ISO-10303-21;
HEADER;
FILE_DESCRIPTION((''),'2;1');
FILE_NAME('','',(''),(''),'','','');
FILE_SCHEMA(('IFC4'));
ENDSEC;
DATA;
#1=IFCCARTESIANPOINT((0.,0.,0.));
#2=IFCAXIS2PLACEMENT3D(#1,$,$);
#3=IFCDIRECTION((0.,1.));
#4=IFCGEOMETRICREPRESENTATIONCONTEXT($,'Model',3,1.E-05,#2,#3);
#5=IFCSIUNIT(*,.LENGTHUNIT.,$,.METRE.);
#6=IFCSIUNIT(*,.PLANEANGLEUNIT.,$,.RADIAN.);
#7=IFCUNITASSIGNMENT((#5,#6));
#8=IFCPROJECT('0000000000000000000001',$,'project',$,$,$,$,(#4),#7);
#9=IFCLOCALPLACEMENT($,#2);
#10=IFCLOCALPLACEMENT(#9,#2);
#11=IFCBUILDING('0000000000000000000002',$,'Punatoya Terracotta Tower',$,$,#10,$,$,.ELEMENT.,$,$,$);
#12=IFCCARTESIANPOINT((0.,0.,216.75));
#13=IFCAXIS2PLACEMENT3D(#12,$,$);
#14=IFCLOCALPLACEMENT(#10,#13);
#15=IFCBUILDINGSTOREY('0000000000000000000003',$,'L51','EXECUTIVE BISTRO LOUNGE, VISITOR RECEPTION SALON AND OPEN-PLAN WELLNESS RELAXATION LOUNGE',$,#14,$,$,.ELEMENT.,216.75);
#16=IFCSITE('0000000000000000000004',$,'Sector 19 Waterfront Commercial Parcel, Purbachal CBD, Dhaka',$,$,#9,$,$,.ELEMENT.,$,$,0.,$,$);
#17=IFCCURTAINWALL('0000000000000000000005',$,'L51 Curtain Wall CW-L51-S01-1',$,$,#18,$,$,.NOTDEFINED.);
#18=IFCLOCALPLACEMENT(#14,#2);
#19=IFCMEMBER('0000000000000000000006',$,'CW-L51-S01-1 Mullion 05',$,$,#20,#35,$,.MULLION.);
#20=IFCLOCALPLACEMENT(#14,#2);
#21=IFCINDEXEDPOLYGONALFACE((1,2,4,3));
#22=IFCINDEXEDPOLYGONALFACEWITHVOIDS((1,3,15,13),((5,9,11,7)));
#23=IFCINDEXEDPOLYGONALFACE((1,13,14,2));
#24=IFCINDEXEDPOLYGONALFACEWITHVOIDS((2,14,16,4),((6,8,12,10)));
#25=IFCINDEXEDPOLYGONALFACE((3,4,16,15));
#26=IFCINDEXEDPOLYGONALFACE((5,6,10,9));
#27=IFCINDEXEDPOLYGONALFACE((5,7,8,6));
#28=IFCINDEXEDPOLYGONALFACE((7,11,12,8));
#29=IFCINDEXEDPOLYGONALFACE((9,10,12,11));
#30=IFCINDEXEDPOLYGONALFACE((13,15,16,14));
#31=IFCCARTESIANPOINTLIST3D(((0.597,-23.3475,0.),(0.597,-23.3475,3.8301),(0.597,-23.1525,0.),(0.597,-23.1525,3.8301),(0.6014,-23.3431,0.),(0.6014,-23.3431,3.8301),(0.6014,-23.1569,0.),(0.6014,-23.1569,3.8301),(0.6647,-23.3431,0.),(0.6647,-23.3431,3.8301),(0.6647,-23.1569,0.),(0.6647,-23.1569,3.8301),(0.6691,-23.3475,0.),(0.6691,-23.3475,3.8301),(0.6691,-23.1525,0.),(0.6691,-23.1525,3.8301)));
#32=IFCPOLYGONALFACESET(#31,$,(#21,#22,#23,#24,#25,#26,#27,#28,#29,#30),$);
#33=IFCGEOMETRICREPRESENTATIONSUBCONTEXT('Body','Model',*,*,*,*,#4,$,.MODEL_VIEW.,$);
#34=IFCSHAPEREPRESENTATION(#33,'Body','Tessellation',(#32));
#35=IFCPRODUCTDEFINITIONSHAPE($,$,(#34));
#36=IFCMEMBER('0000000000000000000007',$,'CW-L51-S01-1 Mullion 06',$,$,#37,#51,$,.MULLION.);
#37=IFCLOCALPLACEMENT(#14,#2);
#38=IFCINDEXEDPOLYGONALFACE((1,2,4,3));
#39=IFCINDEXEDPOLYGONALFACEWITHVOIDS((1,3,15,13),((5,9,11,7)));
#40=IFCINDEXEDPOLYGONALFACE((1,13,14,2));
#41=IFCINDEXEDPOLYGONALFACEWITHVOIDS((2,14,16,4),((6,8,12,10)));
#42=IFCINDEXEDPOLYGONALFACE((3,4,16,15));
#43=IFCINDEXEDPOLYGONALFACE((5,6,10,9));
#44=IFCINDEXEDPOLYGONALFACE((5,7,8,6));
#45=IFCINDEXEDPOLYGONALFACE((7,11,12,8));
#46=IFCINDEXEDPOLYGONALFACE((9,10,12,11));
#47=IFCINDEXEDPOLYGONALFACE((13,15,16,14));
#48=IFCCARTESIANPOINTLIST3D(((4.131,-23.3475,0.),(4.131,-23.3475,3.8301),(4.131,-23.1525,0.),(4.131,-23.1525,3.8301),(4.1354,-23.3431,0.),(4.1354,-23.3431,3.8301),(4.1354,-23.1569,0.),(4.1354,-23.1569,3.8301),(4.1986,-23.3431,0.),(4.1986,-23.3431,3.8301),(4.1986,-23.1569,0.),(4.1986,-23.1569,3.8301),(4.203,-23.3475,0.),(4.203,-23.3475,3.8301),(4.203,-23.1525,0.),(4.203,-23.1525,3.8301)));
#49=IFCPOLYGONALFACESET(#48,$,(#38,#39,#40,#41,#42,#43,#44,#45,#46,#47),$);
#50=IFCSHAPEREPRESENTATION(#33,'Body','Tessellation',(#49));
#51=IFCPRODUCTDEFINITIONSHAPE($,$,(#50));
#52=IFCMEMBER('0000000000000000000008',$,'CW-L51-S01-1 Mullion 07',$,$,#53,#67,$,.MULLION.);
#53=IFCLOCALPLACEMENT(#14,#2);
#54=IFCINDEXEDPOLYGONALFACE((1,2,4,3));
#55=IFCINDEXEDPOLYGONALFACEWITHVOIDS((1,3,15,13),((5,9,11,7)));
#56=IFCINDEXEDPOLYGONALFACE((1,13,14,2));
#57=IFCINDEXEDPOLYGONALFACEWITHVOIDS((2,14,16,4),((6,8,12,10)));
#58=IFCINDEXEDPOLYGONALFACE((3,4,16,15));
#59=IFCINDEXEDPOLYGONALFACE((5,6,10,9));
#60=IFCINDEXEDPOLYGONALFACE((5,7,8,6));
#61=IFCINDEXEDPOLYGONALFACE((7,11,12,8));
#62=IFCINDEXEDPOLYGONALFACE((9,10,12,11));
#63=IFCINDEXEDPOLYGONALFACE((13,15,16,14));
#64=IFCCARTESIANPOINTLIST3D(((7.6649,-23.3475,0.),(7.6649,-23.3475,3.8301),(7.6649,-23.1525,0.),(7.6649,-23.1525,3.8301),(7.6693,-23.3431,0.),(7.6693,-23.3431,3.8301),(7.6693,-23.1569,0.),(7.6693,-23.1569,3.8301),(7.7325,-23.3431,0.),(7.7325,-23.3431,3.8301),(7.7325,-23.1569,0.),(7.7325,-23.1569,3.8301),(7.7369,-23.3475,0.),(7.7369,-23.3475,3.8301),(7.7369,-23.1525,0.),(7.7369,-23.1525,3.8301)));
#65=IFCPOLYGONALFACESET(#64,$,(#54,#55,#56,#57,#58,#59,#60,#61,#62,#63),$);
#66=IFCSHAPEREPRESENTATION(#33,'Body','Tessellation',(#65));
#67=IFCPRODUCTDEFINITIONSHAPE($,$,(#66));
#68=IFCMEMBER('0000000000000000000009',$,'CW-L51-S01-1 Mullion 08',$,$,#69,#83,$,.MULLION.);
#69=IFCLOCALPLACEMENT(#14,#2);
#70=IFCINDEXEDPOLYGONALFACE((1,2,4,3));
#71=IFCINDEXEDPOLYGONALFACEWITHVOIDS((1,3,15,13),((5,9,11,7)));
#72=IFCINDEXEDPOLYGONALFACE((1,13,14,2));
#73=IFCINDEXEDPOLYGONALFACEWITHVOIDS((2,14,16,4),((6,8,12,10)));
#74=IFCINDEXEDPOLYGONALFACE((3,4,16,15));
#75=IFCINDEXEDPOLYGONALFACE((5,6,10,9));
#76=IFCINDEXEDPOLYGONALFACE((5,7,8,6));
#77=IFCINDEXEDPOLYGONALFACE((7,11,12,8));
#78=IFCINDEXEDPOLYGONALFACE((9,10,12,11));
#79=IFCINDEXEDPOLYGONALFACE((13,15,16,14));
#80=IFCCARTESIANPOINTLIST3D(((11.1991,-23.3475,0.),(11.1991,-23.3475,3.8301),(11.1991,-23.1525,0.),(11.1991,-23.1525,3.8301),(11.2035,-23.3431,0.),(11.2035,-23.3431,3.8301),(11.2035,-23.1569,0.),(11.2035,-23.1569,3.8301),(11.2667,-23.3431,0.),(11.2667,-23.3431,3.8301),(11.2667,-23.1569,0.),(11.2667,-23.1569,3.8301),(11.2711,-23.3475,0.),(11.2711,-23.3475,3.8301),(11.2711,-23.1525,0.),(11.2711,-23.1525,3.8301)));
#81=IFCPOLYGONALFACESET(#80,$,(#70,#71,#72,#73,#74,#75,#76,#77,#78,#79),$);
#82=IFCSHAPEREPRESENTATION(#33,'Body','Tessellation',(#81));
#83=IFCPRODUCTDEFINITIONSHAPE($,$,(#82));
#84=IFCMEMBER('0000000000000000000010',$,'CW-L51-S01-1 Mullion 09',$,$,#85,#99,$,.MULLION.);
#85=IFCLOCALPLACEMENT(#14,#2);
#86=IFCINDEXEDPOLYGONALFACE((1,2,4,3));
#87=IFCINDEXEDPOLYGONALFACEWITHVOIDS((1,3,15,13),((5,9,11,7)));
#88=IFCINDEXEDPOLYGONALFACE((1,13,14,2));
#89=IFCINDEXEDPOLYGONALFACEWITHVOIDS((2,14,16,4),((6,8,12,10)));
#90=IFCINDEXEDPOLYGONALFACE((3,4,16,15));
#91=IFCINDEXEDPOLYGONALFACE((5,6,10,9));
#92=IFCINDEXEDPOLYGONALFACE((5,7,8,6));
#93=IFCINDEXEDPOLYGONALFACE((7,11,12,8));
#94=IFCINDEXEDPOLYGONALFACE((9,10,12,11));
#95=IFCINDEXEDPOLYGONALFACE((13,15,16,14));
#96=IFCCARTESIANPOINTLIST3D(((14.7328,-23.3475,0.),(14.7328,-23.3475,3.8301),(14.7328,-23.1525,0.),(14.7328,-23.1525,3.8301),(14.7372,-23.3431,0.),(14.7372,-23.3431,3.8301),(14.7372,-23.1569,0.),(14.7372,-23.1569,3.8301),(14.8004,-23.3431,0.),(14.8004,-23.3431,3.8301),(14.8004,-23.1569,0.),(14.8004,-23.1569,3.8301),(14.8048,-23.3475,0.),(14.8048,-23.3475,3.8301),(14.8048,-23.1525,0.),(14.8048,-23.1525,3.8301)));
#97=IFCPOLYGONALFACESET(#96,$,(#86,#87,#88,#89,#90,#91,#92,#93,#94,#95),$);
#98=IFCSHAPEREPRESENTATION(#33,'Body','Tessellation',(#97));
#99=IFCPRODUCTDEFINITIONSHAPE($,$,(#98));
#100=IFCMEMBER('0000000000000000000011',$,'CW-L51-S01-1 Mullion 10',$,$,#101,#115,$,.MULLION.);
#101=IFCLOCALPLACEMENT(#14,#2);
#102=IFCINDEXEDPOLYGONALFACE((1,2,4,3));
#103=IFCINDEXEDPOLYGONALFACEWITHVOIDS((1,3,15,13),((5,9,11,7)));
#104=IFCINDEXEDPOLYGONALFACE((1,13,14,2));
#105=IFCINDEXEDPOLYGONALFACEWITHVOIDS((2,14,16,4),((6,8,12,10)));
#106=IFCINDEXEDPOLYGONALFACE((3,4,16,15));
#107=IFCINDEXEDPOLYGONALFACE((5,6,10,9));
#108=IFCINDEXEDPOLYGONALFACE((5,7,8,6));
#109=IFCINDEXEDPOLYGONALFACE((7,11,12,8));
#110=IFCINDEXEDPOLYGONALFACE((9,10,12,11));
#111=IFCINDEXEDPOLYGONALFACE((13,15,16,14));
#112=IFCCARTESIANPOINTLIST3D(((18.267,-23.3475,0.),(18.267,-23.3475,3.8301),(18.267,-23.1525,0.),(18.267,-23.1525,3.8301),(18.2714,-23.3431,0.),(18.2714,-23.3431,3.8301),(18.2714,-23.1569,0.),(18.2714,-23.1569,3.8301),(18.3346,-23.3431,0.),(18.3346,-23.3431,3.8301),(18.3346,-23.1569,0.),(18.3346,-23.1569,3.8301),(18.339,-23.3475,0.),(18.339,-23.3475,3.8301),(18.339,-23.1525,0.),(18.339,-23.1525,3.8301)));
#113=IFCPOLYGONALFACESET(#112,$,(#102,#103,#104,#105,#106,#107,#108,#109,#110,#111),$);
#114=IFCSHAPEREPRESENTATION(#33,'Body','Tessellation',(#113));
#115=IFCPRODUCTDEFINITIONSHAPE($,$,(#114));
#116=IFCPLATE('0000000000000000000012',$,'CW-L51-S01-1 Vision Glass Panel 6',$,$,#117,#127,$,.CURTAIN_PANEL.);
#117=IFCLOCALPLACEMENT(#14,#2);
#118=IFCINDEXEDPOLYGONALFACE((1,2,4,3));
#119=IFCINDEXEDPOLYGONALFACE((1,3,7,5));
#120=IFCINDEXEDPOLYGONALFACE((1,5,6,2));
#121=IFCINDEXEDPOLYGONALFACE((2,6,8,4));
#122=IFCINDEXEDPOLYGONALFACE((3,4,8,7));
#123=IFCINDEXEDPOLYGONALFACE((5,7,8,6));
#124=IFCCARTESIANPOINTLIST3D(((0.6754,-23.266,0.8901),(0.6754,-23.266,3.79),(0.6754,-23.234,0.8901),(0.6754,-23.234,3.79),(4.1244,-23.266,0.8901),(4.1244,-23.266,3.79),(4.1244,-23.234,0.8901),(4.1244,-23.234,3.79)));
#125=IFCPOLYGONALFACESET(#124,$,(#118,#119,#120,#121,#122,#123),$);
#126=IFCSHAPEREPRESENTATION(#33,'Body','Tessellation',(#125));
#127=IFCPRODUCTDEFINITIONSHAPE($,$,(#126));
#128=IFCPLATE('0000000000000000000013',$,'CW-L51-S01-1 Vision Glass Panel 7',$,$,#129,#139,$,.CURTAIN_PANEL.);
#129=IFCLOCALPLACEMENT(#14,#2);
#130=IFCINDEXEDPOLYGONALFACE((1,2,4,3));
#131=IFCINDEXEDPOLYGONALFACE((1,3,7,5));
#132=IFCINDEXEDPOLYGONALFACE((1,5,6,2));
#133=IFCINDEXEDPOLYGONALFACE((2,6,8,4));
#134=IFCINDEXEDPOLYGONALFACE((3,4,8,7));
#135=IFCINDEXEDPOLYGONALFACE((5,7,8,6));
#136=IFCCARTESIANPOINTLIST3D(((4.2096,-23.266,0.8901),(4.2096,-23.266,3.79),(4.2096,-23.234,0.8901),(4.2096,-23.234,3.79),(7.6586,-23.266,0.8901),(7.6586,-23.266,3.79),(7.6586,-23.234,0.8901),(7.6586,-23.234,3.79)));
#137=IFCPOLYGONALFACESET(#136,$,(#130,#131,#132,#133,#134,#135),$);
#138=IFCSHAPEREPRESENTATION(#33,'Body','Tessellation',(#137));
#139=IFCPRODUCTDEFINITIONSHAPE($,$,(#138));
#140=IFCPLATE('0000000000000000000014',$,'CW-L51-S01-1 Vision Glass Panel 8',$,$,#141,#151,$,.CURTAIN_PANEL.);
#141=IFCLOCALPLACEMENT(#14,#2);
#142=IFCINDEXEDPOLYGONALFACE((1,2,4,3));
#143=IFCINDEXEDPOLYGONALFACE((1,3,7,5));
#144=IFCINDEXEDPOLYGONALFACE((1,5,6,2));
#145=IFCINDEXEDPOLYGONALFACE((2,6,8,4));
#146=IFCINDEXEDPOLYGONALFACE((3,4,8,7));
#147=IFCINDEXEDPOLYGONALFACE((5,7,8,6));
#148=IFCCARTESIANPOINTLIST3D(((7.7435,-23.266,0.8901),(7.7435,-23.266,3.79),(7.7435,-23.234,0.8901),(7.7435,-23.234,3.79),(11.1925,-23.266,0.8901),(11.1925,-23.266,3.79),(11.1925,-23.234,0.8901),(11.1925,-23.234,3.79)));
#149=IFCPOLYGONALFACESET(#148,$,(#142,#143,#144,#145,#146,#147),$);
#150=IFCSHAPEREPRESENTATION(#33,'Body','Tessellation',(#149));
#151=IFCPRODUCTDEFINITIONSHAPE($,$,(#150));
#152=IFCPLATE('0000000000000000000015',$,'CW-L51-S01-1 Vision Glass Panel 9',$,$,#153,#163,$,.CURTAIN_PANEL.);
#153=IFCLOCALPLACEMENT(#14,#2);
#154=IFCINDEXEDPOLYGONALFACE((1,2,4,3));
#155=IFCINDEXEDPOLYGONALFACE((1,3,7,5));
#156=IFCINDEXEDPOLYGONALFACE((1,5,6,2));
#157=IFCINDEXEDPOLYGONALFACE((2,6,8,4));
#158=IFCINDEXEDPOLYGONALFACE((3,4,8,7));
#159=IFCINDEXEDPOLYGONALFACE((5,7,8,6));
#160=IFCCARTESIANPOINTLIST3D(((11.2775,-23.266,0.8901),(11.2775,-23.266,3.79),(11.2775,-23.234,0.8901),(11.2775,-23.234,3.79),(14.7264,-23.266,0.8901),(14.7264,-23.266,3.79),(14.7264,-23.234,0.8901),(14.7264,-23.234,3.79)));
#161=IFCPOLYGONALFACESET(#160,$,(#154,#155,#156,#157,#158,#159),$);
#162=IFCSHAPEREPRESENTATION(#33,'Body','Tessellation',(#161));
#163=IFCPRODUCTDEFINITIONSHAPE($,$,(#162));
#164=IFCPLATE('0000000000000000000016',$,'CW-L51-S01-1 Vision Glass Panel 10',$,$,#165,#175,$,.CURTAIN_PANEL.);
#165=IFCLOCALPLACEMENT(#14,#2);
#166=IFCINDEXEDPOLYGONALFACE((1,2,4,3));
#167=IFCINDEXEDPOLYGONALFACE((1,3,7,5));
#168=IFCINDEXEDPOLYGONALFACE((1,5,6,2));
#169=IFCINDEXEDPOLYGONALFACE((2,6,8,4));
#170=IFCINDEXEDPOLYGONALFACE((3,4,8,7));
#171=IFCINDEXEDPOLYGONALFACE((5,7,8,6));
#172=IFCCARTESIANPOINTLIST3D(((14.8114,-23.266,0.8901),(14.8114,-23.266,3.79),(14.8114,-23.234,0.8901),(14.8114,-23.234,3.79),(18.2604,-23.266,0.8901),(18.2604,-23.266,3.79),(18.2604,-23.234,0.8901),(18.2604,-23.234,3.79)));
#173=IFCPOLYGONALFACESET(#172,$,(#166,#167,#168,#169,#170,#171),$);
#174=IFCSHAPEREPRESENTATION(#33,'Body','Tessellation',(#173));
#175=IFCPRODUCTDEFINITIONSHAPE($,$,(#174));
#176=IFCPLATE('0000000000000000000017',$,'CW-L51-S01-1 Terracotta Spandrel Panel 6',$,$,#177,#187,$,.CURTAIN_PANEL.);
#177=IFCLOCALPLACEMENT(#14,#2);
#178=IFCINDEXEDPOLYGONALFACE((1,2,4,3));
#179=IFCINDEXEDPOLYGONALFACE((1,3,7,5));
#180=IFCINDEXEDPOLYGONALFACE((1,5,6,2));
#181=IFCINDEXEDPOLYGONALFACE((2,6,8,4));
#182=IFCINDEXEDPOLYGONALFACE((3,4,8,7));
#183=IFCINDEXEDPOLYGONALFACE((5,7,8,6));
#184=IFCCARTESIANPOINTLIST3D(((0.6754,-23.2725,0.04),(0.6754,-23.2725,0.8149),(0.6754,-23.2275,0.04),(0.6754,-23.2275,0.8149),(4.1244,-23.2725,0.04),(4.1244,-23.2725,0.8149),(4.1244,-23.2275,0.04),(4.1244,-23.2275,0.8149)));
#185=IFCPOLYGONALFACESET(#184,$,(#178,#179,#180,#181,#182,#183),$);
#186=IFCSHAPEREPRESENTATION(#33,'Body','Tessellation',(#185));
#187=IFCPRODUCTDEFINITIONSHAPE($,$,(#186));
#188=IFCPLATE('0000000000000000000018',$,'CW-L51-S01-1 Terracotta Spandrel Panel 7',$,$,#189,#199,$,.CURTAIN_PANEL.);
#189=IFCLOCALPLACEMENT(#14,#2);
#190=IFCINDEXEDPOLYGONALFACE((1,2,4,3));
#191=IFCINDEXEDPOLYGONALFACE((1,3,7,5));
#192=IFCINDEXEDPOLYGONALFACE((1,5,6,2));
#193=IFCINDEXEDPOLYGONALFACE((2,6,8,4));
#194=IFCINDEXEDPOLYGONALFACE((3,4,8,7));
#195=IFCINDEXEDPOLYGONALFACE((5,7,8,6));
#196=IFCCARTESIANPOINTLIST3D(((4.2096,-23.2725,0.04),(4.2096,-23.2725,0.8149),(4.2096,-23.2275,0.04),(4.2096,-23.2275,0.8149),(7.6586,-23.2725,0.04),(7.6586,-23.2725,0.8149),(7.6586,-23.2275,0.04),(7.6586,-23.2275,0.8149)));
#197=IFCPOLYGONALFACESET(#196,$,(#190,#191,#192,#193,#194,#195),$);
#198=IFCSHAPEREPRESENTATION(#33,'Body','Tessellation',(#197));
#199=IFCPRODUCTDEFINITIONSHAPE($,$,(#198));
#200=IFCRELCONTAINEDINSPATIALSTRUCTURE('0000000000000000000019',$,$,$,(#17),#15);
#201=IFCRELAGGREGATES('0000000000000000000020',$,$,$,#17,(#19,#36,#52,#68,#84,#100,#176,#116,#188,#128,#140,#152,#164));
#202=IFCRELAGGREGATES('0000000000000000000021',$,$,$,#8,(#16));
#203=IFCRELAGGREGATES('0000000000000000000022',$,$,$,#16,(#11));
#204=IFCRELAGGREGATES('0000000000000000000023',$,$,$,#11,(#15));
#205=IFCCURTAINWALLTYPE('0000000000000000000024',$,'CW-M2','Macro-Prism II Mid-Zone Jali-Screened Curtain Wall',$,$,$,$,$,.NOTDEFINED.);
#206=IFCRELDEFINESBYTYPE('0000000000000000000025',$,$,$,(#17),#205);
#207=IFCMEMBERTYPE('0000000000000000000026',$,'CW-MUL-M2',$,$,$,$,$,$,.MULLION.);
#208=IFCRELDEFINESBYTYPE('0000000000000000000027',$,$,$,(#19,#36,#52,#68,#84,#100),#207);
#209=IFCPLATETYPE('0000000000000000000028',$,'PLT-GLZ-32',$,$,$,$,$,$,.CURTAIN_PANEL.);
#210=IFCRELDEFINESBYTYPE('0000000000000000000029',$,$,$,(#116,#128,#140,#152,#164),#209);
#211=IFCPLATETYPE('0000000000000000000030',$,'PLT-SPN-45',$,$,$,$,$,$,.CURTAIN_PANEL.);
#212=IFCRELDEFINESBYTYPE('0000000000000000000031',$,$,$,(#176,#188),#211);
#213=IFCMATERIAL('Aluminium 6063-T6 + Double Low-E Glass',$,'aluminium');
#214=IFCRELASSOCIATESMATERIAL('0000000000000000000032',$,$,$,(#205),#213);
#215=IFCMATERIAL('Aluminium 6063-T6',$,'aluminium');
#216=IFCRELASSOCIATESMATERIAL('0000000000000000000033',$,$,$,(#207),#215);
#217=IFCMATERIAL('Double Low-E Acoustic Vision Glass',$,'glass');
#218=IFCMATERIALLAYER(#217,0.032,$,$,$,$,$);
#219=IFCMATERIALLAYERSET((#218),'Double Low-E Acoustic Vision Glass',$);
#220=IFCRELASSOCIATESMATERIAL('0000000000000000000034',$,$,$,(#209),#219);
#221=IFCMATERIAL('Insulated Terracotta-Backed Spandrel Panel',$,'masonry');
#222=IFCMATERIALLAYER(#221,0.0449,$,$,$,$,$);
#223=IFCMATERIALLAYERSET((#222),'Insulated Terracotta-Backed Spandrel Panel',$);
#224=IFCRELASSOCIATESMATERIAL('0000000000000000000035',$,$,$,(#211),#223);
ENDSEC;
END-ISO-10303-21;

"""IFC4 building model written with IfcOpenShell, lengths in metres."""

from ifc_helpers import new_model, si_unit, direction, frame, origin, origin_2d, place, context, subcontext, project, spatial, rectangle, hollow_rectangle, extrude, material, layer, layer_set, material_profile, profile_set, type_object, element, aggregate, save


model = new_model("IFC4")

# Units and contexts
model_context = context("Model", 3, precision=1e-05, world=origin(), true_north=direction((0.0, 1.0)))
body_context = subcontext(model_context, "Body", "Model", "MODEL_VIEW")
ifc_project = project(units=[si_unit("LENGTHUNIT", "METRE"), si_unit("PLANEANGLEUNIT", "RADIAN")], contexts=[model_context])

# Site, building, storey
site_placement = place(None, origin())
site = spatial("IfcSite", under=ifc_project, at=site_placement, Name="Sector 19 Waterfront Commercial Parcel, Purbachal CBD, Dhaka", CompositionType="ELEMENT", RefElevation=0.0)
building_placement = place(site_placement, origin())
building = spatial("IfcBuilding", under=site, at=building_placement, Name="Punatoya Terracotta Tower", CompositionType="ELEMENT")
storey_placement = place(building_placement, frame((0.0, 0.0, 216.75)))
storey = spatial("IfcBuildingStorey", under=building, at=storey_placement, Name="L51", Description="EXECUTIVE BISTRO LOUNGE, VISITOR RECEPTION SALON AND OPEN-PLAN WELLNESS RELAXATION LOUNGE", CompositionType="ELEMENT", Elevation=216.75)

# Curtain wall, members, plates
ifc_material_1 = material(Name="Aluminium 6063-T6 + Double Low-E Glass", Category="aluminium")
curtain_wall_type = type_object("IfcCurtainWallType", Name="CW-M2", Description="Macro-Prism II Mid-Zone Jali-Screened Curtain Wall", PredefinedType="NOTDEFINED", material=ifc_material_1)
curtain_wall_placement = place(storey_placement, origin())
curtain_wall = element("IfcCurtainWall", 1, at=curtain_wall_placement, inside=storey, type_object=curtain_wall_type, Name="L51 Curtain Wall CW-L51-S01-1", PredefinedType="NOTDEFINED")
ifc_material_2 = material(Name="Aluminium 6063-T6", Category="aluminium")
ifc_material_profile_1 = material_profile(ifc_material_2, hollow_rectangle(XDim=0.072, YDim=0.1951, WallThickness=0.0044, at=origin_2d()))
ifc_profile_set_1 = profile_set([ifc_material_profile_1], Name="Aluminium 6063-T6")
member_type = type_object("IfcMemberType", Name="CW-MUL-M2", PredefinedType="MULLION", material=ifc_profile_set_1)
member_1_placement = place(storey_placement, frame((0.6331, -23.25, 0.0), z_axis=(0.0, 0.0, 1.0), x_axis=(1.0, 0.0, 0.0)))
member_1 = element("IfcMember", 2, at=member_1_placement, type_object=member_type, Name="CW-L51-S01-1 Mullion 05", PredefinedType="MULLION", context=body_context, shape_type="SweptSolid", body=[
    extrude(hollow_rectangle(XDim=0.072, YDim=0.1951, WallThickness=0.0044, at=origin_2d()), origin(), (0.0, 0.0, 1.0), 3.8301),
])
member_2_placement = place(storey_placement, frame((4.167, -23.25, 0.0), z_axis=(0.0, 0.0, 1.0), x_axis=(1.0, 0.0, 0.0)))
member_2 = element("IfcMember", 3, at=member_2_placement, type_object=member_type, Name="CW-L51-S01-1 Mullion 06", PredefinedType="MULLION", context=body_context, shape_type="SweptSolid", body=[
    extrude(hollow_rectangle(XDim=0.072, YDim=0.1951, WallThickness=0.0044, at=origin_2d()), origin(), (0.0, 0.0, 1.0), 3.8301),
])
member_3_placement = place(storey_placement, frame((7.7009, -23.25, 0.0), z_axis=(0.0, 0.0, 1.0), x_axis=(1.0, 0.0, 0.0)))
member_3 = element("IfcMember", 4, at=member_3_placement, type_object=member_type, Name="CW-L51-S01-1 Mullion 07", PredefinedType="MULLION", context=body_context, shape_type="SweptSolid", body=[
    extrude(hollow_rectangle(XDim=0.072, YDim=0.1951, WallThickness=0.0044, at=origin_2d()), origin(), (0.0, 0.0, 1.0), 3.8301),
])
member_4_placement = place(storey_placement, frame((11.2351, -23.25, 0.0), z_axis=(0.0, 0.0, 1.0), x_axis=(1.0, 0.0, 0.0)))
member_4 = element("IfcMember", 5, at=member_4_placement, type_object=member_type, Name="CW-L51-S01-1 Mullion 08", PredefinedType="MULLION", context=body_context, shape_type="SweptSolid", body=[
    extrude(hollow_rectangle(XDim=0.072, YDim=0.1951, WallThickness=0.0044, at=origin_2d()), origin(), (0.0, 0.0, 1.0), 3.8301),
])
member_5_placement = place(storey_placement, frame((14.7688, -23.25, 0.0), z_axis=(0.0, 0.0, 1.0), x_axis=(1.0, 0.0, 0.0)))
member_5 = element("IfcMember", 6, at=member_5_placement, type_object=member_type, Name="CW-L51-S01-1 Mullion 09", PredefinedType="MULLION", context=body_context, shape_type="SweptSolid", body=[
    extrude(hollow_rectangle(XDim=0.072, YDim=0.1951, WallThickness=0.0044, at=origin_2d()), origin(), (0.0, 0.0, 1.0), 3.8301),
])
member_6_placement = place(storey_placement, frame((18.303, -23.25, 0.0), z_axis=(0.0, 0.0, 1.0), x_axis=(1.0, 0.0, 0.0)))
member_6 = element("IfcMember", 7, at=member_6_placement, type_object=member_type, Name="CW-L51-S01-1 Mullion 10", PredefinedType="MULLION", context=body_context, shape_type="SweptSolid", body=[
    extrude(hollow_rectangle(XDim=0.072, YDim=0.1951, WallThickness=0.0044, at=origin_2d()), origin(), (0.0, 0.0, 1.0), 3.8301),
])
ifc_material_3 = material(Name="Double Low-E Acoustic Vision Glass", Category="glass")
ifc_layer_1 = layer(ifc_material_3, 0.032)
ifc_layer_set_1 = layer_set([ifc_layer_1], Name="Double Low-E Acoustic Vision Glass")
plate_type_1 = type_object("IfcPlateType", Name="PLT-GLZ-32", PredefinedType="CURTAIN_PANEL", material=ifc_layer_set_1)
plate_1_placement = place(storey_placement, frame((2.3999, -23.25, 0.8901), z_axis=(0.0, 0.0, 1.0), x_axis=(1.0, 0.0, 0.0)))
plate_1 = element("IfcPlate", 8, at=plate_1_placement, type_object=plate_type_1, Name="CW-L51-S01-1 Vision Glass Panel 6", PredefinedType="CURTAIN_PANEL", context=body_context, shape_type="SweptSolid", body=[
    extrude(rectangle(XDim=3.449, YDim=0.032, at=origin_2d()), origin(), (0.0, 0.0, 1.0), 2.8999),
])
plate_2_placement = place(storey_placement, frame((5.9341, -23.25, 0.8901), z_axis=(0.0, 0.0, 1.0), x_axis=(1.0, 0.0, 0.0)))
plate_2 = element("IfcPlate", 9, at=plate_2_placement, type_object=plate_type_1, Name="CW-L51-S01-1 Vision Glass Panel 7", PredefinedType="CURTAIN_PANEL", context=body_context, shape_type="SweptSolid", body=[
    extrude(rectangle(XDim=3.449, YDim=0.032, at=origin_2d()), origin(), (0.0, 0.0, 1.0), 2.8999),
])
plate_3_placement = place(storey_placement, frame((9.468, -23.25, 0.8901), z_axis=(0.0, 0.0, 1.0), x_axis=(1.0, 0.0, 0.0)))
plate_3 = element("IfcPlate", 10, at=plate_3_placement, type_object=plate_type_1, Name="CW-L51-S01-1 Vision Glass Panel 8", PredefinedType="CURTAIN_PANEL", context=body_context, shape_type="SweptSolid", body=[
    extrude(rectangle(XDim=3.449, YDim=0.032, at=origin_2d()), origin(), (0.0, 0.0, 1.0), 2.8999),
])
plate_4_placement = place(storey_placement, frame((13.002, -23.25, 0.8901), z_axis=(0.0, 0.0, 1.0), x_axis=(1.0, 0.0, 0.0)))
plate_4 = element("IfcPlate", 11, at=plate_4_placement, type_object=plate_type_1, Name="CW-L51-S01-1 Vision Glass Panel 9", PredefinedType="CURTAIN_PANEL", context=body_context, shape_type="SweptSolid", body=[
    extrude(rectangle(XDim=3.449, YDim=0.032, at=origin_2d()), origin(), (0.0, 0.0, 1.0), 2.8999),
])
plate_5_placement = place(storey_placement, frame((16.5359, -23.25, 0.8901), z_axis=(0.0, 0.0, 1.0), x_axis=(1.0, 0.0, 0.0)))
plate_5 = element("IfcPlate", 12, at=plate_5_placement, type_object=plate_type_1, Name="CW-L51-S01-1 Vision Glass Panel 10", PredefinedType="CURTAIN_PANEL", context=body_context, shape_type="SweptSolid", body=[
    extrude(rectangle(XDim=3.449, YDim=0.032, at=origin_2d()), origin(), (0.0, 0.0, 1.0), 2.8999),
])
ifc_material_4 = material(Name="Insulated Terracotta-Backed Spandrel Panel", Category="masonry")
ifc_layer_2 = layer(ifc_material_4, 0.0449)
ifc_layer_set_2 = layer_set([ifc_layer_2], Name="Insulated Terracotta-Backed Spandrel Panel")
plate_type_2 = type_object("IfcPlateType", Name="PLT-SPN-45", PredefinedType="CURTAIN_PANEL", material=ifc_layer_set_2)
plate_6_placement = place(storey_placement, frame((2.3999, -23.25, 0.04), z_axis=(0.0, 0.0, 1.0), x_axis=(1.0, 0.0, 0.0)))
plate_6 = element("IfcPlate", 13, at=plate_6_placement, type_object=plate_type_2, Name="CW-L51-S01-1 Terracotta Spandrel Panel 6", PredefinedType="CURTAIN_PANEL", context=body_context, shape_type="SweptSolid", body=[
    extrude(rectangle(XDim=3.449, YDim=0.0449, at=origin_2d()), origin(), (0.0, 0.0, 1.0), 0.7749),
])
plate_7_placement = place(storey_placement, frame((5.9341, -23.25, 0.04), z_axis=(0.0, 0.0, 1.0), x_axis=(1.0, 0.0, 0.0)))
plate_7 = element("IfcPlate", 14, at=plate_7_placement, type_object=plate_type_2, Name="CW-L51-S01-1 Terracotta Spandrel Panel 7", PredefinedType="CURTAIN_PANEL", context=body_context, shape_type="SweptSolid", body=[
    extrude(rectangle(XDim=3.449, YDim=0.0449, at=origin_2d()), origin(), (0.0, 0.0, 1.0), 0.7749),
])
aggregate(curtain_wall, [member_1, member_2, member_3, member_4, member_5, member_6, plate_6, plate_1, plate_7, plate_2, plate_3, plate_4, plate_5])

save(model, "model.ifc")
